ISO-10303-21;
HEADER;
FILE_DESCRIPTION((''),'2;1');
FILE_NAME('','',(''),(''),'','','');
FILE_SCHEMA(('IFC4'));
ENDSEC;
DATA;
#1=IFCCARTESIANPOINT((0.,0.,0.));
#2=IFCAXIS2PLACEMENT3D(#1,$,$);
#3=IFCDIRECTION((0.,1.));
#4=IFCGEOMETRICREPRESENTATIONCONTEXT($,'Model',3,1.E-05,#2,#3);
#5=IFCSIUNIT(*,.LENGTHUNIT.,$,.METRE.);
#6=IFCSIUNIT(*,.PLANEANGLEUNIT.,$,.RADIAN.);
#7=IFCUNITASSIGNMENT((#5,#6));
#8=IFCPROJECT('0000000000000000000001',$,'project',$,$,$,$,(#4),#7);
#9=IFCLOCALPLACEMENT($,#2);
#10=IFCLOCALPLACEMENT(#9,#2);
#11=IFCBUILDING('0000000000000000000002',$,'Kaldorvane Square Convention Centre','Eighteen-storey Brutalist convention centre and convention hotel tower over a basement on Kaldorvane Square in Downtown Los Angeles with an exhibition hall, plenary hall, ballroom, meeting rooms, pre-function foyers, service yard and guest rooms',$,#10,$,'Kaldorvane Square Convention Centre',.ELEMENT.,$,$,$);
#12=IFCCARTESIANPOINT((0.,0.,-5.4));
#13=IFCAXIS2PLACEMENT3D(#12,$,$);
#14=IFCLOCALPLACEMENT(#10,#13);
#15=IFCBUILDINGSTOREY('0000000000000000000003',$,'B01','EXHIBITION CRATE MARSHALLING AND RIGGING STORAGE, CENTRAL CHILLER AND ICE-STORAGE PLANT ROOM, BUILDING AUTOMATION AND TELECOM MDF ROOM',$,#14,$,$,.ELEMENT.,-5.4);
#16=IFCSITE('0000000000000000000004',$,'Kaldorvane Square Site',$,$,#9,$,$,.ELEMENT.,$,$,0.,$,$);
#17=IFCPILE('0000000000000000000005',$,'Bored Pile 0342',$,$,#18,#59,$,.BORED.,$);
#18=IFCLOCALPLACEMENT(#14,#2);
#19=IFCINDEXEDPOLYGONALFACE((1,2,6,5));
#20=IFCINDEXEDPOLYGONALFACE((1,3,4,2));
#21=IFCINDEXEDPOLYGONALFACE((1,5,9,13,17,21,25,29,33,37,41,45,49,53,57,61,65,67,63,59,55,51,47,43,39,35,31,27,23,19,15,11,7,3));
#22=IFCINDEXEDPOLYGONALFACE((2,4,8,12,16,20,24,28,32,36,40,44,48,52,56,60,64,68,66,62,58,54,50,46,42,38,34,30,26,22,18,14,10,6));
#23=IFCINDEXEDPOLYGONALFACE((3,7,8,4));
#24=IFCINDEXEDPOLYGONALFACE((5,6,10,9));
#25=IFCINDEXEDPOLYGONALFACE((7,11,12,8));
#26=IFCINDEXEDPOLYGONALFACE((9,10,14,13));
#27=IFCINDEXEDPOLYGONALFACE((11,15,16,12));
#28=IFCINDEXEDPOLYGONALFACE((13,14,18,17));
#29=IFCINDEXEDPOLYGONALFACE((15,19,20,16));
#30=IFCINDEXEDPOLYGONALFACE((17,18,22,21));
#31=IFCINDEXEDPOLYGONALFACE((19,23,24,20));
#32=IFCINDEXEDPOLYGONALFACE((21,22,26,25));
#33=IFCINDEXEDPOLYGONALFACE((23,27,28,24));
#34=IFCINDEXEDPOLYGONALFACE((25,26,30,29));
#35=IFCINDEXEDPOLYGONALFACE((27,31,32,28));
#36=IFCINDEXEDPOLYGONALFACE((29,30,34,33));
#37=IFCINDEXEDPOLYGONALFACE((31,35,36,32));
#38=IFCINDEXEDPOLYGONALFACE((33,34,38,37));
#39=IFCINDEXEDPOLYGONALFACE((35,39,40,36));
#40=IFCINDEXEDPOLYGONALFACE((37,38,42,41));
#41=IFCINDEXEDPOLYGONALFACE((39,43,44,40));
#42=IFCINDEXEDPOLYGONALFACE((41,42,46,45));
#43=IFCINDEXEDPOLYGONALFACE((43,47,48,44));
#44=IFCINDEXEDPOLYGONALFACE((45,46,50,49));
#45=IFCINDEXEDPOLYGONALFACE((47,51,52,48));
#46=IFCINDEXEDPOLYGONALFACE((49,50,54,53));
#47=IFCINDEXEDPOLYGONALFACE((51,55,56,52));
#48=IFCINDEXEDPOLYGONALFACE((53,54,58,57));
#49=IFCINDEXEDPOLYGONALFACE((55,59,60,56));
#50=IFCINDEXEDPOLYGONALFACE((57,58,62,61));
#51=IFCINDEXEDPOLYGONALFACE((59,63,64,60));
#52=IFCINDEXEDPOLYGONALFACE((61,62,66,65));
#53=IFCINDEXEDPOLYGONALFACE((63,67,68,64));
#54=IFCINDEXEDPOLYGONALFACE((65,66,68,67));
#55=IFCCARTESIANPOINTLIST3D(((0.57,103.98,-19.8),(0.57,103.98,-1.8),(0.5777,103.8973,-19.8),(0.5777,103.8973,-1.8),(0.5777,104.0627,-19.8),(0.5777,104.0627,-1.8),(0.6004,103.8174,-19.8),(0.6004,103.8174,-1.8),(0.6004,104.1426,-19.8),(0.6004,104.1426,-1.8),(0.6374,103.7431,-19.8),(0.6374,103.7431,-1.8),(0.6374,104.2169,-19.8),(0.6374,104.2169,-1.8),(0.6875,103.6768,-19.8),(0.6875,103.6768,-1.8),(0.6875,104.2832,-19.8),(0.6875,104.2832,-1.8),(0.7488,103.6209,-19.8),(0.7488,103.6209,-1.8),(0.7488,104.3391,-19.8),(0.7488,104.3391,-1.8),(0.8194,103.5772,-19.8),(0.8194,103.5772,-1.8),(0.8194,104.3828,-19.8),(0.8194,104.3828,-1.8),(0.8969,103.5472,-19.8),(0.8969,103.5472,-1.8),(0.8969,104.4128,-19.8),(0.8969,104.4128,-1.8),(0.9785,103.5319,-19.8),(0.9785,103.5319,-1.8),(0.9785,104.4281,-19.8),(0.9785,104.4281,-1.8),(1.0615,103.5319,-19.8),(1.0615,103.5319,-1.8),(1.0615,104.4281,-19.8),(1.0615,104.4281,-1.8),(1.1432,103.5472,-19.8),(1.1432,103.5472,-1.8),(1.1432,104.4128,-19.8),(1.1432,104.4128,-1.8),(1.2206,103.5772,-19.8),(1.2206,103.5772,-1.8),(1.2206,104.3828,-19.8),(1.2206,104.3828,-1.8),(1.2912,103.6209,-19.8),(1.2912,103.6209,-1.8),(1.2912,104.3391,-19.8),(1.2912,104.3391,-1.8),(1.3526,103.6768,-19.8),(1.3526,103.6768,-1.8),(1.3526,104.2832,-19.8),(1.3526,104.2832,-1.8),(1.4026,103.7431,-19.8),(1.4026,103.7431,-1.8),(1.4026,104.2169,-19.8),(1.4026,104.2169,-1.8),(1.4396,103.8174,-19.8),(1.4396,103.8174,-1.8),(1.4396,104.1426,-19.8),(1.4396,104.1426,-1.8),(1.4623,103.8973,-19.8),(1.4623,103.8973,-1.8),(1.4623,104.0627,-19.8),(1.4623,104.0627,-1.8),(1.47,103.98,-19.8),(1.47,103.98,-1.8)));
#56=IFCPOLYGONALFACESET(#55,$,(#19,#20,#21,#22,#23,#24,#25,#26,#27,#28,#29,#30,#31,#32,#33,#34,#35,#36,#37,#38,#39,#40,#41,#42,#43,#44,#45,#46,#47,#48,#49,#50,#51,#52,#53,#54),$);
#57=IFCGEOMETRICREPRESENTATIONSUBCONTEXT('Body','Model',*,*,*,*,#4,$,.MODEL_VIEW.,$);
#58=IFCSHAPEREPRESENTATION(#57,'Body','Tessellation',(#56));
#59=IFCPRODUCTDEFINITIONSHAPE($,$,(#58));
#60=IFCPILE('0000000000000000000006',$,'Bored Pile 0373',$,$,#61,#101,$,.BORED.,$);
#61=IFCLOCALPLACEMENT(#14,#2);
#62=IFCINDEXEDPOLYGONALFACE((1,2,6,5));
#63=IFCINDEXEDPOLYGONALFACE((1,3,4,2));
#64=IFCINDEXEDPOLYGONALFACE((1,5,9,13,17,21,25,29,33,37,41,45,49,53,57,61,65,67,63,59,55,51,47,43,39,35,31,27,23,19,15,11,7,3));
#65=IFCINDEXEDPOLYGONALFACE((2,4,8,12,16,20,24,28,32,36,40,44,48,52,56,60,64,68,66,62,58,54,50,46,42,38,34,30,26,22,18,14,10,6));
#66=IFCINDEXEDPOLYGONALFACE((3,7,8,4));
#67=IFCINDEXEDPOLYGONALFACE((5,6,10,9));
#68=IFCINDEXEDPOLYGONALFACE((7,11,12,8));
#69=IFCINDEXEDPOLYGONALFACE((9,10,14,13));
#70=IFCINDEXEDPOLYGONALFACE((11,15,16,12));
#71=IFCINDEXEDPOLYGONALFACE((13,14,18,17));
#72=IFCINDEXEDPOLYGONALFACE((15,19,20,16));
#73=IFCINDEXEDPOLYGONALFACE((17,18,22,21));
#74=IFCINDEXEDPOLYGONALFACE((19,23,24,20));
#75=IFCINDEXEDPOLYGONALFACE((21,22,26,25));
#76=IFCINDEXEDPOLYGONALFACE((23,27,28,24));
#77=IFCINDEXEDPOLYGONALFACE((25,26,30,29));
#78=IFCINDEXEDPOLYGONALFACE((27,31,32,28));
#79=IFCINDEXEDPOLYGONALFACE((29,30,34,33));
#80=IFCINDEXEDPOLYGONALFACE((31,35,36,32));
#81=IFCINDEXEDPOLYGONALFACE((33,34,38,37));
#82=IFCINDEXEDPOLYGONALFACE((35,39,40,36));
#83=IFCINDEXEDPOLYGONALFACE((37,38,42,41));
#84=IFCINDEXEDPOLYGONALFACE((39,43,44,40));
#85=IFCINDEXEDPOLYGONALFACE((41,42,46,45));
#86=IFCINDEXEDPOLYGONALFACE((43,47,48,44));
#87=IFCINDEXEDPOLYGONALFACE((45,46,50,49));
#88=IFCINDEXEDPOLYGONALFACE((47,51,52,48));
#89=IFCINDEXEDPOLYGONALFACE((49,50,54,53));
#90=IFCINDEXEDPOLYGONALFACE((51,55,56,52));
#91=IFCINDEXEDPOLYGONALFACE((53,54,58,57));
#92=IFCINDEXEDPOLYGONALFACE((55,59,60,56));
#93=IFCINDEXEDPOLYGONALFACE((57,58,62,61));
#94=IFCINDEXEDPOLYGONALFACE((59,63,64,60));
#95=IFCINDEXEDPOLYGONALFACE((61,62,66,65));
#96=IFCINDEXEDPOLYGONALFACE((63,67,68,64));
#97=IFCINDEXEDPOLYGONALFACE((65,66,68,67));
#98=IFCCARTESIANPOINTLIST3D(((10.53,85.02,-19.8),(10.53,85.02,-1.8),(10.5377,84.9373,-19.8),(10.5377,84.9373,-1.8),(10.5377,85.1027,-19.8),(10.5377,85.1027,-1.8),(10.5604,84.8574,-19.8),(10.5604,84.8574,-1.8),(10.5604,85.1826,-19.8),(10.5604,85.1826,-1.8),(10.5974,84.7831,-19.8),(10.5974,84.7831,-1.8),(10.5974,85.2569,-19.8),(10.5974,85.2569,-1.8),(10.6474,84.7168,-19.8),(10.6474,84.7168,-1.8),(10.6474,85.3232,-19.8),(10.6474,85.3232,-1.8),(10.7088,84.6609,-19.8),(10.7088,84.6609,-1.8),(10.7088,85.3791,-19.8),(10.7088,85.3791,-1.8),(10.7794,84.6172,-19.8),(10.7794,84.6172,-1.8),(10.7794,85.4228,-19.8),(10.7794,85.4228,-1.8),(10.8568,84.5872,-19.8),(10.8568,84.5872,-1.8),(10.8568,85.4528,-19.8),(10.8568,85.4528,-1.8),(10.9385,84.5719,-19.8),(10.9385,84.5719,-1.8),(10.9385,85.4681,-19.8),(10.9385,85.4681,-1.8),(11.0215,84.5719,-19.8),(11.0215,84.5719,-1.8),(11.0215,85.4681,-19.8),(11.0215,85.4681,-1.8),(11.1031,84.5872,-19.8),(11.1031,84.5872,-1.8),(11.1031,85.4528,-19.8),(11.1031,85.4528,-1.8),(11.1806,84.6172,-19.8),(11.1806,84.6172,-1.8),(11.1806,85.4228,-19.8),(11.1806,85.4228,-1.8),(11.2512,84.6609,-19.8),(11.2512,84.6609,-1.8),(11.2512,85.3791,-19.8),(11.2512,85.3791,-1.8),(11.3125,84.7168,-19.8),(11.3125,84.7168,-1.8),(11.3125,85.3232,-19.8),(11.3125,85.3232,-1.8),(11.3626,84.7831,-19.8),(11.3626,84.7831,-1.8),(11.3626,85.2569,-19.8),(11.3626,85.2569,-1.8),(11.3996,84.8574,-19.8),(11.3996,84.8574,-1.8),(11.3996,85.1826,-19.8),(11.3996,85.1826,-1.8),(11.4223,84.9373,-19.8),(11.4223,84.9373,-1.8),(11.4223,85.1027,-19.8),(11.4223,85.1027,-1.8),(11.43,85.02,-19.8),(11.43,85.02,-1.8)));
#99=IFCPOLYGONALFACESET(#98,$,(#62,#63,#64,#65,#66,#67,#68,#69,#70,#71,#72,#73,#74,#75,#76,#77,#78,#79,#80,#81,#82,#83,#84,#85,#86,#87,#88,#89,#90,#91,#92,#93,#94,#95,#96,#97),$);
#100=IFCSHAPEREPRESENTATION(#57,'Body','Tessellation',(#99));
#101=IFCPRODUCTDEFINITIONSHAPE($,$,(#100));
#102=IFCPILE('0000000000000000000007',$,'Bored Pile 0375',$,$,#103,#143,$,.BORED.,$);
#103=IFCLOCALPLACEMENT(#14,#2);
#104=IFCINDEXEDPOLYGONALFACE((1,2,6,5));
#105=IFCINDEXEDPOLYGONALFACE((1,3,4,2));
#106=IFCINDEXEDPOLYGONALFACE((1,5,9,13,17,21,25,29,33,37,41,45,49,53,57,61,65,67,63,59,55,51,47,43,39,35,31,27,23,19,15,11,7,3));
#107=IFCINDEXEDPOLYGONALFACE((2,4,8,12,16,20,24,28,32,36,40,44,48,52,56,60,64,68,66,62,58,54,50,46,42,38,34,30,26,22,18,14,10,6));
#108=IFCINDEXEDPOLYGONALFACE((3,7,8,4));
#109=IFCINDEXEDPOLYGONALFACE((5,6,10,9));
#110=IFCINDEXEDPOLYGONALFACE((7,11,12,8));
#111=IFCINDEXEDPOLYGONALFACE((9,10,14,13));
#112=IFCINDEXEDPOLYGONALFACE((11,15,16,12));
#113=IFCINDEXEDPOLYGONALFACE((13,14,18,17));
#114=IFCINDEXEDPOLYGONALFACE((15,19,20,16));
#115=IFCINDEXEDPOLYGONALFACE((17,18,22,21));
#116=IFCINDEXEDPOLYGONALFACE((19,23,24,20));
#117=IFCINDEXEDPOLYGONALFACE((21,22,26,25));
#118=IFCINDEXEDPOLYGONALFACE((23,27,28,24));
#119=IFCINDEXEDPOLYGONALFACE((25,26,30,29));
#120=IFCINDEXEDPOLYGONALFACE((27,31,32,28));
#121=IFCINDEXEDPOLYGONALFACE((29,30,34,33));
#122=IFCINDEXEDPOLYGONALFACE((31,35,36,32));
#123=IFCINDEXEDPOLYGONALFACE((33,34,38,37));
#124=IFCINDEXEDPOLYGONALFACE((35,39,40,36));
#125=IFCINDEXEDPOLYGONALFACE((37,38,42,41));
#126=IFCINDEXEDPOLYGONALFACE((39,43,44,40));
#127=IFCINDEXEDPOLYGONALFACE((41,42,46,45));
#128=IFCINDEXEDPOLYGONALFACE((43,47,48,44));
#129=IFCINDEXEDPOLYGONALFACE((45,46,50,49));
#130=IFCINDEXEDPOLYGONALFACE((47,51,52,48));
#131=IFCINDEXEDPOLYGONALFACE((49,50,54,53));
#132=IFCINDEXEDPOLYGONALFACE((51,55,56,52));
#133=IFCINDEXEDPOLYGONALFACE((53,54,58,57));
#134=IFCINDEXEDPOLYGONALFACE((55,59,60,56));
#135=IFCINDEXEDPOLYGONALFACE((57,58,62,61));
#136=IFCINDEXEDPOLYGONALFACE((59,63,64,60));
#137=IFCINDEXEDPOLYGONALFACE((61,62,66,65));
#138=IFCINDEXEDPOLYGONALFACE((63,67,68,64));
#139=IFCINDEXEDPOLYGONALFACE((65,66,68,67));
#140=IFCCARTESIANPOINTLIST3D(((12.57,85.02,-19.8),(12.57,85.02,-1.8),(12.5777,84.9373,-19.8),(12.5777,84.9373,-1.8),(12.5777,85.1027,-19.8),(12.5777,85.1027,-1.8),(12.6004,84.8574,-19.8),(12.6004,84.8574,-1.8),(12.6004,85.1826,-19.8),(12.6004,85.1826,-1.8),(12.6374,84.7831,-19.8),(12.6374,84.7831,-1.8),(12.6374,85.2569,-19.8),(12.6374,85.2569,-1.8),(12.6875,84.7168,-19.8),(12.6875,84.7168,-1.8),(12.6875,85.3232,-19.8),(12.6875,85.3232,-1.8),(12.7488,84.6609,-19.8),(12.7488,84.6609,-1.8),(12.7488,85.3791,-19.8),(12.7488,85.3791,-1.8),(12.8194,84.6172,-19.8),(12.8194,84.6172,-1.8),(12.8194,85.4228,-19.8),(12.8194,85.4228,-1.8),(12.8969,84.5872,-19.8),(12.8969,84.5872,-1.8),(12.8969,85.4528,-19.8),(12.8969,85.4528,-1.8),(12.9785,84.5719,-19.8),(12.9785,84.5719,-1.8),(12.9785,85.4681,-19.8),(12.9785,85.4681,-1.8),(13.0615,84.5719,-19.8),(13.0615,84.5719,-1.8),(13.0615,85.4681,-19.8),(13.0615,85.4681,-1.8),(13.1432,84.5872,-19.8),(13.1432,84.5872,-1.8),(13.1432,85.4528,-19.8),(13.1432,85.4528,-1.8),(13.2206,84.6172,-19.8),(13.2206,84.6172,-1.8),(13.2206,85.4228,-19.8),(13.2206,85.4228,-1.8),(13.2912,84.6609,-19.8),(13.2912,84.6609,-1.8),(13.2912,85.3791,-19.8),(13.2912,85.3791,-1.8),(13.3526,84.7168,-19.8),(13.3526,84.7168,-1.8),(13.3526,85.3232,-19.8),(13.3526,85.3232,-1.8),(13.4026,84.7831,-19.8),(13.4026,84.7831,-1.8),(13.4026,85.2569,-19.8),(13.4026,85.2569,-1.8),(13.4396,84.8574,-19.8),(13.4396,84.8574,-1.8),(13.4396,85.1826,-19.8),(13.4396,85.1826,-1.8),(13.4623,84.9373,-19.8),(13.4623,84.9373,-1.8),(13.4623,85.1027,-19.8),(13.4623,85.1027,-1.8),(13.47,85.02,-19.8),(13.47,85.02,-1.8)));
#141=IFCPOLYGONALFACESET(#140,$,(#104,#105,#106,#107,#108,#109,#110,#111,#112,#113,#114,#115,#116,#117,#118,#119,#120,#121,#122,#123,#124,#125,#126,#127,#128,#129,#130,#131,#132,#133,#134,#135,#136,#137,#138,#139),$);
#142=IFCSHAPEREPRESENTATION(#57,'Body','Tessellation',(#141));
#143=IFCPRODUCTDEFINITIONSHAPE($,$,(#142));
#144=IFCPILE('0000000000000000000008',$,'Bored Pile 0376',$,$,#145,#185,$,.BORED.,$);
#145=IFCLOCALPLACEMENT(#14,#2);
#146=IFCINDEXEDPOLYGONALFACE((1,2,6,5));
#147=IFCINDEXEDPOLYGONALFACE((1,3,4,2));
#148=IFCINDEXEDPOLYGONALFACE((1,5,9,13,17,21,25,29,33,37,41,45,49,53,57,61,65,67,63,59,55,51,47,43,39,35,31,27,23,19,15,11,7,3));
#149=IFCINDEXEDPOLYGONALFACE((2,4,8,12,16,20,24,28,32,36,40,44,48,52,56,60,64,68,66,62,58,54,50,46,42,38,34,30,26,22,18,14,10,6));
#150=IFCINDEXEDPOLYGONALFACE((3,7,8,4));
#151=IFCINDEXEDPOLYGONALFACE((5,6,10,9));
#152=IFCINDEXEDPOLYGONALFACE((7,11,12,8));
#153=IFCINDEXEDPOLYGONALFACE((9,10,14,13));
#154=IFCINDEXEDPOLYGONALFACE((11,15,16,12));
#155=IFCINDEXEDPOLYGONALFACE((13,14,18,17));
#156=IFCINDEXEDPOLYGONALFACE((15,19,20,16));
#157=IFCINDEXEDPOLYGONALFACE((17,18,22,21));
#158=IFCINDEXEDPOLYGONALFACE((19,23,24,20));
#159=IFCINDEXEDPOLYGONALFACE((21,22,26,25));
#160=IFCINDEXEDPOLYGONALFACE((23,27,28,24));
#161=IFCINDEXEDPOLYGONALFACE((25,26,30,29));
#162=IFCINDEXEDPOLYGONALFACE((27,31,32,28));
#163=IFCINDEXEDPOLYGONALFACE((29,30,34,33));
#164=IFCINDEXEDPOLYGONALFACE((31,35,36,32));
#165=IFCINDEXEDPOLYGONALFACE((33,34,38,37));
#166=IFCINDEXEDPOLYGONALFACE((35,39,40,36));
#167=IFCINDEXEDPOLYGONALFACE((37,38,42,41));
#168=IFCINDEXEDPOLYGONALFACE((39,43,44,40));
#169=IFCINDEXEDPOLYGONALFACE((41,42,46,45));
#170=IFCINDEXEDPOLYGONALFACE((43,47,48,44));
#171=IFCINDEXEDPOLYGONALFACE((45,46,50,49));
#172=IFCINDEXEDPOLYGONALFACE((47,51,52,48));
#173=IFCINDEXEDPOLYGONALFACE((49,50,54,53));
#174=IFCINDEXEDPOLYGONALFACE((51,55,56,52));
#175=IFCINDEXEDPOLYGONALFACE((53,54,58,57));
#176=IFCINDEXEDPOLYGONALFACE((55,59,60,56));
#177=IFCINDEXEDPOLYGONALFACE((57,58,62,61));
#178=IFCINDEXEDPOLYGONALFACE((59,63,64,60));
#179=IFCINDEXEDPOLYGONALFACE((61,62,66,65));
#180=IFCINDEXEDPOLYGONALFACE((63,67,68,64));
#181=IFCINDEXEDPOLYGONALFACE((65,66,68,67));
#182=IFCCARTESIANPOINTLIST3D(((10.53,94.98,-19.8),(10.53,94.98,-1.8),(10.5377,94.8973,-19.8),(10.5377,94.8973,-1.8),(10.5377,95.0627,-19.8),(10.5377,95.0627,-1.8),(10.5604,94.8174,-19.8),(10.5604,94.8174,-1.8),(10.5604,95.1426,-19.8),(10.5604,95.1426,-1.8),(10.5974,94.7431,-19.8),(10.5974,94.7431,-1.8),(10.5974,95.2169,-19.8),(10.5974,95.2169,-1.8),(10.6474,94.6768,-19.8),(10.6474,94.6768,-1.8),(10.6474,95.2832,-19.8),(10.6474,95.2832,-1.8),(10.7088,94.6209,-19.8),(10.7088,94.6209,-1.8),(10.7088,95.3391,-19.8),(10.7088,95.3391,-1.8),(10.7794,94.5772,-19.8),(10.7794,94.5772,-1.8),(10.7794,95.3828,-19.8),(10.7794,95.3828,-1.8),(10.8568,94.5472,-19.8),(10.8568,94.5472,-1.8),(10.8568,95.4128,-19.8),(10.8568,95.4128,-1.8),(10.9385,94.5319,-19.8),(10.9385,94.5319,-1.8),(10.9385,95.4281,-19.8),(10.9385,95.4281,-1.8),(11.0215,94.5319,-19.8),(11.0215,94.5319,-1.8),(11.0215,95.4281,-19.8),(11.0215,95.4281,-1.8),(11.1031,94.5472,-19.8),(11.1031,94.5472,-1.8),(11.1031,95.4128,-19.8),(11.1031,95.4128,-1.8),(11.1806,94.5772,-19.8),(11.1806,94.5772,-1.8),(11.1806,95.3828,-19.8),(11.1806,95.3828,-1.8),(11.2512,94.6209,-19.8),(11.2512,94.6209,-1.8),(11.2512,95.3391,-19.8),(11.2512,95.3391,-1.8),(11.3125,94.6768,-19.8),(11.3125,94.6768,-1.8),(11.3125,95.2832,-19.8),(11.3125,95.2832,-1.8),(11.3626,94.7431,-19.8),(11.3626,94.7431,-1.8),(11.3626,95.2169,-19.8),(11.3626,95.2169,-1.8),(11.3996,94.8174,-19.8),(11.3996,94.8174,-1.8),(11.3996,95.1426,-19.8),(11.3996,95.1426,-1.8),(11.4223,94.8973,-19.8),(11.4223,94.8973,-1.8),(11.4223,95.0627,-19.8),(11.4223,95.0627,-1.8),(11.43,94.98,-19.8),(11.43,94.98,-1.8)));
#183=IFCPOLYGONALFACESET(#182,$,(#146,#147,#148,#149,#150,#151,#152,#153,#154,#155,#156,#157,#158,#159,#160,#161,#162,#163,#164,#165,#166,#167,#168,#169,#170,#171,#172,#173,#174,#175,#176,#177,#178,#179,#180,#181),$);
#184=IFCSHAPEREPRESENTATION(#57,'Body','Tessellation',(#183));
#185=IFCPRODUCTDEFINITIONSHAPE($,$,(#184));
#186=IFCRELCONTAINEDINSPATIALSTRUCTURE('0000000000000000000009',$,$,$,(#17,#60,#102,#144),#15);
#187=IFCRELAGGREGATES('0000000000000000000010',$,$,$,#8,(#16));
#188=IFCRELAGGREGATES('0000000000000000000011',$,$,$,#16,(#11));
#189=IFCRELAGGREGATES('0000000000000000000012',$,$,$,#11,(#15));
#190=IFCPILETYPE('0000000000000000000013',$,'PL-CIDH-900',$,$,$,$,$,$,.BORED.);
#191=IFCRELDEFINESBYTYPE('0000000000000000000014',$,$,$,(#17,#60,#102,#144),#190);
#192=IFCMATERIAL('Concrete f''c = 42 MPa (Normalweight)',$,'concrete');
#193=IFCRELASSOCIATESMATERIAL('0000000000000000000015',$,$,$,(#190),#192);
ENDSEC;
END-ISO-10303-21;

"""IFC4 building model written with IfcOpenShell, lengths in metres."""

from ifc_helpers import new_model, si_unit, direction, frame, origin, origin_2d, place, context, subcontext, project, spatial, circle, extrude, material, material_profile, profile_set, type_object, element, save


model = new_model("IFC4")

# Units and contexts
model_context = context("Model", 3, precision=1e-05, world=origin(), true_north=direction((0.0, 1.0)))
body_context = subcontext(model_context, "Body", "Model", "MODEL_VIEW")
ifc_project = project(units=[si_unit("LENGTHUNIT", "METRE"), si_unit("PLANEANGLEUNIT", "RADIAN")], contexts=[model_context])

# Site, building, storey
site_placement = place(None, origin())
site = spatial("IfcSite", under=ifc_project, at=site_placement, Name="Kaldorvane Square Site", CompositionType="ELEMENT", RefElevation=0.0)
building_placement = place(site_placement, origin())
building = spatial("IfcBuilding", under=site, at=building_placement, Name="Kaldorvane Square Convention Centre", Description="Eighteen-storey Brutalist convention centre and convention hotel tower over a basement on Kaldorvane Square in Downtown Los Angeles with an exhibition hall, plenary hall, ballroom, meeting rooms, pre-function foyers, service yard and guest rooms", LongName="Kaldorvane Square Convention Centre", CompositionType="ELEMENT")
storey_placement = place(building_placement, frame((0.0, 0.0, -5.4)))
storey = spatial("IfcBuildingStorey", under=building, at=storey_placement, Name="B01", Description="EXHIBITION CRATE MARSHALLING AND RIGGING STORAGE, CENTRAL CHILLER AND ICE-STORAGE PLANT ROOM, BUILDING AUTOMATION AND TELECOM MDF ROOM", CompositionType="ELEMENT", Elevation=-5.4)

# Shared definitions
ifc_material_1 = material(Name="Concrete f'c = 42 MPa (Normalweight)", Category="concrete")

# Piles
ifc_material_profile_1 = material_profile(ifc_material_1, circle(Radius=0.45, at=origin_2d()), Name="PILE-D900")
ifc_profile_set_1 = profile_set([ifc_material_profile_1], Name="Concrete f'c = 42 MPa (Normalweight)")
pile_type_1 = type_object("IfcPileType", Name="PL-CIDH-900", PredefinedType="BORED", material=ifc_profile_set_1)
for number, where, z_axis, x_axis, name in (
    (1, (1.02, 103.98, -1.8), (0.0, 0.0, -1.0), (1.0, 0.0, 0.0), "Bored Pile 0342"),
    (2, (10.98, 85.02, -1.8), (0.0, 0.0, -1.0), (1.0, 0.0, 0.0), "Bored Pile 0373"),
    (3, (13.02, 85.02, -1.8), (0.0, 0.0, -1.0), (1.0, 0.0, 0.0), "Bored Pile 0375"),
    (4, (10.98, 94.98, -1.8), (0.0, 0.0, -1.0), (1.0, 0.0, 0.0), "Bored Pile 0376"),
):
    element("IfcPile", number, at=place(storey_placement, frame(where, z_axis=z_axis, x_axis=x_axis)), inside=storey, type_object=pile_type_1, Name=name, PredefinedType="BORED", context=body_context, shape_type="SweptSolid", body=[
        extrude(circle(Radius=0.45, at=origin_2d()), origin(), (0.0, 0.0, 1.0), 18.0),
    ])

save(model, "model.ifc")
